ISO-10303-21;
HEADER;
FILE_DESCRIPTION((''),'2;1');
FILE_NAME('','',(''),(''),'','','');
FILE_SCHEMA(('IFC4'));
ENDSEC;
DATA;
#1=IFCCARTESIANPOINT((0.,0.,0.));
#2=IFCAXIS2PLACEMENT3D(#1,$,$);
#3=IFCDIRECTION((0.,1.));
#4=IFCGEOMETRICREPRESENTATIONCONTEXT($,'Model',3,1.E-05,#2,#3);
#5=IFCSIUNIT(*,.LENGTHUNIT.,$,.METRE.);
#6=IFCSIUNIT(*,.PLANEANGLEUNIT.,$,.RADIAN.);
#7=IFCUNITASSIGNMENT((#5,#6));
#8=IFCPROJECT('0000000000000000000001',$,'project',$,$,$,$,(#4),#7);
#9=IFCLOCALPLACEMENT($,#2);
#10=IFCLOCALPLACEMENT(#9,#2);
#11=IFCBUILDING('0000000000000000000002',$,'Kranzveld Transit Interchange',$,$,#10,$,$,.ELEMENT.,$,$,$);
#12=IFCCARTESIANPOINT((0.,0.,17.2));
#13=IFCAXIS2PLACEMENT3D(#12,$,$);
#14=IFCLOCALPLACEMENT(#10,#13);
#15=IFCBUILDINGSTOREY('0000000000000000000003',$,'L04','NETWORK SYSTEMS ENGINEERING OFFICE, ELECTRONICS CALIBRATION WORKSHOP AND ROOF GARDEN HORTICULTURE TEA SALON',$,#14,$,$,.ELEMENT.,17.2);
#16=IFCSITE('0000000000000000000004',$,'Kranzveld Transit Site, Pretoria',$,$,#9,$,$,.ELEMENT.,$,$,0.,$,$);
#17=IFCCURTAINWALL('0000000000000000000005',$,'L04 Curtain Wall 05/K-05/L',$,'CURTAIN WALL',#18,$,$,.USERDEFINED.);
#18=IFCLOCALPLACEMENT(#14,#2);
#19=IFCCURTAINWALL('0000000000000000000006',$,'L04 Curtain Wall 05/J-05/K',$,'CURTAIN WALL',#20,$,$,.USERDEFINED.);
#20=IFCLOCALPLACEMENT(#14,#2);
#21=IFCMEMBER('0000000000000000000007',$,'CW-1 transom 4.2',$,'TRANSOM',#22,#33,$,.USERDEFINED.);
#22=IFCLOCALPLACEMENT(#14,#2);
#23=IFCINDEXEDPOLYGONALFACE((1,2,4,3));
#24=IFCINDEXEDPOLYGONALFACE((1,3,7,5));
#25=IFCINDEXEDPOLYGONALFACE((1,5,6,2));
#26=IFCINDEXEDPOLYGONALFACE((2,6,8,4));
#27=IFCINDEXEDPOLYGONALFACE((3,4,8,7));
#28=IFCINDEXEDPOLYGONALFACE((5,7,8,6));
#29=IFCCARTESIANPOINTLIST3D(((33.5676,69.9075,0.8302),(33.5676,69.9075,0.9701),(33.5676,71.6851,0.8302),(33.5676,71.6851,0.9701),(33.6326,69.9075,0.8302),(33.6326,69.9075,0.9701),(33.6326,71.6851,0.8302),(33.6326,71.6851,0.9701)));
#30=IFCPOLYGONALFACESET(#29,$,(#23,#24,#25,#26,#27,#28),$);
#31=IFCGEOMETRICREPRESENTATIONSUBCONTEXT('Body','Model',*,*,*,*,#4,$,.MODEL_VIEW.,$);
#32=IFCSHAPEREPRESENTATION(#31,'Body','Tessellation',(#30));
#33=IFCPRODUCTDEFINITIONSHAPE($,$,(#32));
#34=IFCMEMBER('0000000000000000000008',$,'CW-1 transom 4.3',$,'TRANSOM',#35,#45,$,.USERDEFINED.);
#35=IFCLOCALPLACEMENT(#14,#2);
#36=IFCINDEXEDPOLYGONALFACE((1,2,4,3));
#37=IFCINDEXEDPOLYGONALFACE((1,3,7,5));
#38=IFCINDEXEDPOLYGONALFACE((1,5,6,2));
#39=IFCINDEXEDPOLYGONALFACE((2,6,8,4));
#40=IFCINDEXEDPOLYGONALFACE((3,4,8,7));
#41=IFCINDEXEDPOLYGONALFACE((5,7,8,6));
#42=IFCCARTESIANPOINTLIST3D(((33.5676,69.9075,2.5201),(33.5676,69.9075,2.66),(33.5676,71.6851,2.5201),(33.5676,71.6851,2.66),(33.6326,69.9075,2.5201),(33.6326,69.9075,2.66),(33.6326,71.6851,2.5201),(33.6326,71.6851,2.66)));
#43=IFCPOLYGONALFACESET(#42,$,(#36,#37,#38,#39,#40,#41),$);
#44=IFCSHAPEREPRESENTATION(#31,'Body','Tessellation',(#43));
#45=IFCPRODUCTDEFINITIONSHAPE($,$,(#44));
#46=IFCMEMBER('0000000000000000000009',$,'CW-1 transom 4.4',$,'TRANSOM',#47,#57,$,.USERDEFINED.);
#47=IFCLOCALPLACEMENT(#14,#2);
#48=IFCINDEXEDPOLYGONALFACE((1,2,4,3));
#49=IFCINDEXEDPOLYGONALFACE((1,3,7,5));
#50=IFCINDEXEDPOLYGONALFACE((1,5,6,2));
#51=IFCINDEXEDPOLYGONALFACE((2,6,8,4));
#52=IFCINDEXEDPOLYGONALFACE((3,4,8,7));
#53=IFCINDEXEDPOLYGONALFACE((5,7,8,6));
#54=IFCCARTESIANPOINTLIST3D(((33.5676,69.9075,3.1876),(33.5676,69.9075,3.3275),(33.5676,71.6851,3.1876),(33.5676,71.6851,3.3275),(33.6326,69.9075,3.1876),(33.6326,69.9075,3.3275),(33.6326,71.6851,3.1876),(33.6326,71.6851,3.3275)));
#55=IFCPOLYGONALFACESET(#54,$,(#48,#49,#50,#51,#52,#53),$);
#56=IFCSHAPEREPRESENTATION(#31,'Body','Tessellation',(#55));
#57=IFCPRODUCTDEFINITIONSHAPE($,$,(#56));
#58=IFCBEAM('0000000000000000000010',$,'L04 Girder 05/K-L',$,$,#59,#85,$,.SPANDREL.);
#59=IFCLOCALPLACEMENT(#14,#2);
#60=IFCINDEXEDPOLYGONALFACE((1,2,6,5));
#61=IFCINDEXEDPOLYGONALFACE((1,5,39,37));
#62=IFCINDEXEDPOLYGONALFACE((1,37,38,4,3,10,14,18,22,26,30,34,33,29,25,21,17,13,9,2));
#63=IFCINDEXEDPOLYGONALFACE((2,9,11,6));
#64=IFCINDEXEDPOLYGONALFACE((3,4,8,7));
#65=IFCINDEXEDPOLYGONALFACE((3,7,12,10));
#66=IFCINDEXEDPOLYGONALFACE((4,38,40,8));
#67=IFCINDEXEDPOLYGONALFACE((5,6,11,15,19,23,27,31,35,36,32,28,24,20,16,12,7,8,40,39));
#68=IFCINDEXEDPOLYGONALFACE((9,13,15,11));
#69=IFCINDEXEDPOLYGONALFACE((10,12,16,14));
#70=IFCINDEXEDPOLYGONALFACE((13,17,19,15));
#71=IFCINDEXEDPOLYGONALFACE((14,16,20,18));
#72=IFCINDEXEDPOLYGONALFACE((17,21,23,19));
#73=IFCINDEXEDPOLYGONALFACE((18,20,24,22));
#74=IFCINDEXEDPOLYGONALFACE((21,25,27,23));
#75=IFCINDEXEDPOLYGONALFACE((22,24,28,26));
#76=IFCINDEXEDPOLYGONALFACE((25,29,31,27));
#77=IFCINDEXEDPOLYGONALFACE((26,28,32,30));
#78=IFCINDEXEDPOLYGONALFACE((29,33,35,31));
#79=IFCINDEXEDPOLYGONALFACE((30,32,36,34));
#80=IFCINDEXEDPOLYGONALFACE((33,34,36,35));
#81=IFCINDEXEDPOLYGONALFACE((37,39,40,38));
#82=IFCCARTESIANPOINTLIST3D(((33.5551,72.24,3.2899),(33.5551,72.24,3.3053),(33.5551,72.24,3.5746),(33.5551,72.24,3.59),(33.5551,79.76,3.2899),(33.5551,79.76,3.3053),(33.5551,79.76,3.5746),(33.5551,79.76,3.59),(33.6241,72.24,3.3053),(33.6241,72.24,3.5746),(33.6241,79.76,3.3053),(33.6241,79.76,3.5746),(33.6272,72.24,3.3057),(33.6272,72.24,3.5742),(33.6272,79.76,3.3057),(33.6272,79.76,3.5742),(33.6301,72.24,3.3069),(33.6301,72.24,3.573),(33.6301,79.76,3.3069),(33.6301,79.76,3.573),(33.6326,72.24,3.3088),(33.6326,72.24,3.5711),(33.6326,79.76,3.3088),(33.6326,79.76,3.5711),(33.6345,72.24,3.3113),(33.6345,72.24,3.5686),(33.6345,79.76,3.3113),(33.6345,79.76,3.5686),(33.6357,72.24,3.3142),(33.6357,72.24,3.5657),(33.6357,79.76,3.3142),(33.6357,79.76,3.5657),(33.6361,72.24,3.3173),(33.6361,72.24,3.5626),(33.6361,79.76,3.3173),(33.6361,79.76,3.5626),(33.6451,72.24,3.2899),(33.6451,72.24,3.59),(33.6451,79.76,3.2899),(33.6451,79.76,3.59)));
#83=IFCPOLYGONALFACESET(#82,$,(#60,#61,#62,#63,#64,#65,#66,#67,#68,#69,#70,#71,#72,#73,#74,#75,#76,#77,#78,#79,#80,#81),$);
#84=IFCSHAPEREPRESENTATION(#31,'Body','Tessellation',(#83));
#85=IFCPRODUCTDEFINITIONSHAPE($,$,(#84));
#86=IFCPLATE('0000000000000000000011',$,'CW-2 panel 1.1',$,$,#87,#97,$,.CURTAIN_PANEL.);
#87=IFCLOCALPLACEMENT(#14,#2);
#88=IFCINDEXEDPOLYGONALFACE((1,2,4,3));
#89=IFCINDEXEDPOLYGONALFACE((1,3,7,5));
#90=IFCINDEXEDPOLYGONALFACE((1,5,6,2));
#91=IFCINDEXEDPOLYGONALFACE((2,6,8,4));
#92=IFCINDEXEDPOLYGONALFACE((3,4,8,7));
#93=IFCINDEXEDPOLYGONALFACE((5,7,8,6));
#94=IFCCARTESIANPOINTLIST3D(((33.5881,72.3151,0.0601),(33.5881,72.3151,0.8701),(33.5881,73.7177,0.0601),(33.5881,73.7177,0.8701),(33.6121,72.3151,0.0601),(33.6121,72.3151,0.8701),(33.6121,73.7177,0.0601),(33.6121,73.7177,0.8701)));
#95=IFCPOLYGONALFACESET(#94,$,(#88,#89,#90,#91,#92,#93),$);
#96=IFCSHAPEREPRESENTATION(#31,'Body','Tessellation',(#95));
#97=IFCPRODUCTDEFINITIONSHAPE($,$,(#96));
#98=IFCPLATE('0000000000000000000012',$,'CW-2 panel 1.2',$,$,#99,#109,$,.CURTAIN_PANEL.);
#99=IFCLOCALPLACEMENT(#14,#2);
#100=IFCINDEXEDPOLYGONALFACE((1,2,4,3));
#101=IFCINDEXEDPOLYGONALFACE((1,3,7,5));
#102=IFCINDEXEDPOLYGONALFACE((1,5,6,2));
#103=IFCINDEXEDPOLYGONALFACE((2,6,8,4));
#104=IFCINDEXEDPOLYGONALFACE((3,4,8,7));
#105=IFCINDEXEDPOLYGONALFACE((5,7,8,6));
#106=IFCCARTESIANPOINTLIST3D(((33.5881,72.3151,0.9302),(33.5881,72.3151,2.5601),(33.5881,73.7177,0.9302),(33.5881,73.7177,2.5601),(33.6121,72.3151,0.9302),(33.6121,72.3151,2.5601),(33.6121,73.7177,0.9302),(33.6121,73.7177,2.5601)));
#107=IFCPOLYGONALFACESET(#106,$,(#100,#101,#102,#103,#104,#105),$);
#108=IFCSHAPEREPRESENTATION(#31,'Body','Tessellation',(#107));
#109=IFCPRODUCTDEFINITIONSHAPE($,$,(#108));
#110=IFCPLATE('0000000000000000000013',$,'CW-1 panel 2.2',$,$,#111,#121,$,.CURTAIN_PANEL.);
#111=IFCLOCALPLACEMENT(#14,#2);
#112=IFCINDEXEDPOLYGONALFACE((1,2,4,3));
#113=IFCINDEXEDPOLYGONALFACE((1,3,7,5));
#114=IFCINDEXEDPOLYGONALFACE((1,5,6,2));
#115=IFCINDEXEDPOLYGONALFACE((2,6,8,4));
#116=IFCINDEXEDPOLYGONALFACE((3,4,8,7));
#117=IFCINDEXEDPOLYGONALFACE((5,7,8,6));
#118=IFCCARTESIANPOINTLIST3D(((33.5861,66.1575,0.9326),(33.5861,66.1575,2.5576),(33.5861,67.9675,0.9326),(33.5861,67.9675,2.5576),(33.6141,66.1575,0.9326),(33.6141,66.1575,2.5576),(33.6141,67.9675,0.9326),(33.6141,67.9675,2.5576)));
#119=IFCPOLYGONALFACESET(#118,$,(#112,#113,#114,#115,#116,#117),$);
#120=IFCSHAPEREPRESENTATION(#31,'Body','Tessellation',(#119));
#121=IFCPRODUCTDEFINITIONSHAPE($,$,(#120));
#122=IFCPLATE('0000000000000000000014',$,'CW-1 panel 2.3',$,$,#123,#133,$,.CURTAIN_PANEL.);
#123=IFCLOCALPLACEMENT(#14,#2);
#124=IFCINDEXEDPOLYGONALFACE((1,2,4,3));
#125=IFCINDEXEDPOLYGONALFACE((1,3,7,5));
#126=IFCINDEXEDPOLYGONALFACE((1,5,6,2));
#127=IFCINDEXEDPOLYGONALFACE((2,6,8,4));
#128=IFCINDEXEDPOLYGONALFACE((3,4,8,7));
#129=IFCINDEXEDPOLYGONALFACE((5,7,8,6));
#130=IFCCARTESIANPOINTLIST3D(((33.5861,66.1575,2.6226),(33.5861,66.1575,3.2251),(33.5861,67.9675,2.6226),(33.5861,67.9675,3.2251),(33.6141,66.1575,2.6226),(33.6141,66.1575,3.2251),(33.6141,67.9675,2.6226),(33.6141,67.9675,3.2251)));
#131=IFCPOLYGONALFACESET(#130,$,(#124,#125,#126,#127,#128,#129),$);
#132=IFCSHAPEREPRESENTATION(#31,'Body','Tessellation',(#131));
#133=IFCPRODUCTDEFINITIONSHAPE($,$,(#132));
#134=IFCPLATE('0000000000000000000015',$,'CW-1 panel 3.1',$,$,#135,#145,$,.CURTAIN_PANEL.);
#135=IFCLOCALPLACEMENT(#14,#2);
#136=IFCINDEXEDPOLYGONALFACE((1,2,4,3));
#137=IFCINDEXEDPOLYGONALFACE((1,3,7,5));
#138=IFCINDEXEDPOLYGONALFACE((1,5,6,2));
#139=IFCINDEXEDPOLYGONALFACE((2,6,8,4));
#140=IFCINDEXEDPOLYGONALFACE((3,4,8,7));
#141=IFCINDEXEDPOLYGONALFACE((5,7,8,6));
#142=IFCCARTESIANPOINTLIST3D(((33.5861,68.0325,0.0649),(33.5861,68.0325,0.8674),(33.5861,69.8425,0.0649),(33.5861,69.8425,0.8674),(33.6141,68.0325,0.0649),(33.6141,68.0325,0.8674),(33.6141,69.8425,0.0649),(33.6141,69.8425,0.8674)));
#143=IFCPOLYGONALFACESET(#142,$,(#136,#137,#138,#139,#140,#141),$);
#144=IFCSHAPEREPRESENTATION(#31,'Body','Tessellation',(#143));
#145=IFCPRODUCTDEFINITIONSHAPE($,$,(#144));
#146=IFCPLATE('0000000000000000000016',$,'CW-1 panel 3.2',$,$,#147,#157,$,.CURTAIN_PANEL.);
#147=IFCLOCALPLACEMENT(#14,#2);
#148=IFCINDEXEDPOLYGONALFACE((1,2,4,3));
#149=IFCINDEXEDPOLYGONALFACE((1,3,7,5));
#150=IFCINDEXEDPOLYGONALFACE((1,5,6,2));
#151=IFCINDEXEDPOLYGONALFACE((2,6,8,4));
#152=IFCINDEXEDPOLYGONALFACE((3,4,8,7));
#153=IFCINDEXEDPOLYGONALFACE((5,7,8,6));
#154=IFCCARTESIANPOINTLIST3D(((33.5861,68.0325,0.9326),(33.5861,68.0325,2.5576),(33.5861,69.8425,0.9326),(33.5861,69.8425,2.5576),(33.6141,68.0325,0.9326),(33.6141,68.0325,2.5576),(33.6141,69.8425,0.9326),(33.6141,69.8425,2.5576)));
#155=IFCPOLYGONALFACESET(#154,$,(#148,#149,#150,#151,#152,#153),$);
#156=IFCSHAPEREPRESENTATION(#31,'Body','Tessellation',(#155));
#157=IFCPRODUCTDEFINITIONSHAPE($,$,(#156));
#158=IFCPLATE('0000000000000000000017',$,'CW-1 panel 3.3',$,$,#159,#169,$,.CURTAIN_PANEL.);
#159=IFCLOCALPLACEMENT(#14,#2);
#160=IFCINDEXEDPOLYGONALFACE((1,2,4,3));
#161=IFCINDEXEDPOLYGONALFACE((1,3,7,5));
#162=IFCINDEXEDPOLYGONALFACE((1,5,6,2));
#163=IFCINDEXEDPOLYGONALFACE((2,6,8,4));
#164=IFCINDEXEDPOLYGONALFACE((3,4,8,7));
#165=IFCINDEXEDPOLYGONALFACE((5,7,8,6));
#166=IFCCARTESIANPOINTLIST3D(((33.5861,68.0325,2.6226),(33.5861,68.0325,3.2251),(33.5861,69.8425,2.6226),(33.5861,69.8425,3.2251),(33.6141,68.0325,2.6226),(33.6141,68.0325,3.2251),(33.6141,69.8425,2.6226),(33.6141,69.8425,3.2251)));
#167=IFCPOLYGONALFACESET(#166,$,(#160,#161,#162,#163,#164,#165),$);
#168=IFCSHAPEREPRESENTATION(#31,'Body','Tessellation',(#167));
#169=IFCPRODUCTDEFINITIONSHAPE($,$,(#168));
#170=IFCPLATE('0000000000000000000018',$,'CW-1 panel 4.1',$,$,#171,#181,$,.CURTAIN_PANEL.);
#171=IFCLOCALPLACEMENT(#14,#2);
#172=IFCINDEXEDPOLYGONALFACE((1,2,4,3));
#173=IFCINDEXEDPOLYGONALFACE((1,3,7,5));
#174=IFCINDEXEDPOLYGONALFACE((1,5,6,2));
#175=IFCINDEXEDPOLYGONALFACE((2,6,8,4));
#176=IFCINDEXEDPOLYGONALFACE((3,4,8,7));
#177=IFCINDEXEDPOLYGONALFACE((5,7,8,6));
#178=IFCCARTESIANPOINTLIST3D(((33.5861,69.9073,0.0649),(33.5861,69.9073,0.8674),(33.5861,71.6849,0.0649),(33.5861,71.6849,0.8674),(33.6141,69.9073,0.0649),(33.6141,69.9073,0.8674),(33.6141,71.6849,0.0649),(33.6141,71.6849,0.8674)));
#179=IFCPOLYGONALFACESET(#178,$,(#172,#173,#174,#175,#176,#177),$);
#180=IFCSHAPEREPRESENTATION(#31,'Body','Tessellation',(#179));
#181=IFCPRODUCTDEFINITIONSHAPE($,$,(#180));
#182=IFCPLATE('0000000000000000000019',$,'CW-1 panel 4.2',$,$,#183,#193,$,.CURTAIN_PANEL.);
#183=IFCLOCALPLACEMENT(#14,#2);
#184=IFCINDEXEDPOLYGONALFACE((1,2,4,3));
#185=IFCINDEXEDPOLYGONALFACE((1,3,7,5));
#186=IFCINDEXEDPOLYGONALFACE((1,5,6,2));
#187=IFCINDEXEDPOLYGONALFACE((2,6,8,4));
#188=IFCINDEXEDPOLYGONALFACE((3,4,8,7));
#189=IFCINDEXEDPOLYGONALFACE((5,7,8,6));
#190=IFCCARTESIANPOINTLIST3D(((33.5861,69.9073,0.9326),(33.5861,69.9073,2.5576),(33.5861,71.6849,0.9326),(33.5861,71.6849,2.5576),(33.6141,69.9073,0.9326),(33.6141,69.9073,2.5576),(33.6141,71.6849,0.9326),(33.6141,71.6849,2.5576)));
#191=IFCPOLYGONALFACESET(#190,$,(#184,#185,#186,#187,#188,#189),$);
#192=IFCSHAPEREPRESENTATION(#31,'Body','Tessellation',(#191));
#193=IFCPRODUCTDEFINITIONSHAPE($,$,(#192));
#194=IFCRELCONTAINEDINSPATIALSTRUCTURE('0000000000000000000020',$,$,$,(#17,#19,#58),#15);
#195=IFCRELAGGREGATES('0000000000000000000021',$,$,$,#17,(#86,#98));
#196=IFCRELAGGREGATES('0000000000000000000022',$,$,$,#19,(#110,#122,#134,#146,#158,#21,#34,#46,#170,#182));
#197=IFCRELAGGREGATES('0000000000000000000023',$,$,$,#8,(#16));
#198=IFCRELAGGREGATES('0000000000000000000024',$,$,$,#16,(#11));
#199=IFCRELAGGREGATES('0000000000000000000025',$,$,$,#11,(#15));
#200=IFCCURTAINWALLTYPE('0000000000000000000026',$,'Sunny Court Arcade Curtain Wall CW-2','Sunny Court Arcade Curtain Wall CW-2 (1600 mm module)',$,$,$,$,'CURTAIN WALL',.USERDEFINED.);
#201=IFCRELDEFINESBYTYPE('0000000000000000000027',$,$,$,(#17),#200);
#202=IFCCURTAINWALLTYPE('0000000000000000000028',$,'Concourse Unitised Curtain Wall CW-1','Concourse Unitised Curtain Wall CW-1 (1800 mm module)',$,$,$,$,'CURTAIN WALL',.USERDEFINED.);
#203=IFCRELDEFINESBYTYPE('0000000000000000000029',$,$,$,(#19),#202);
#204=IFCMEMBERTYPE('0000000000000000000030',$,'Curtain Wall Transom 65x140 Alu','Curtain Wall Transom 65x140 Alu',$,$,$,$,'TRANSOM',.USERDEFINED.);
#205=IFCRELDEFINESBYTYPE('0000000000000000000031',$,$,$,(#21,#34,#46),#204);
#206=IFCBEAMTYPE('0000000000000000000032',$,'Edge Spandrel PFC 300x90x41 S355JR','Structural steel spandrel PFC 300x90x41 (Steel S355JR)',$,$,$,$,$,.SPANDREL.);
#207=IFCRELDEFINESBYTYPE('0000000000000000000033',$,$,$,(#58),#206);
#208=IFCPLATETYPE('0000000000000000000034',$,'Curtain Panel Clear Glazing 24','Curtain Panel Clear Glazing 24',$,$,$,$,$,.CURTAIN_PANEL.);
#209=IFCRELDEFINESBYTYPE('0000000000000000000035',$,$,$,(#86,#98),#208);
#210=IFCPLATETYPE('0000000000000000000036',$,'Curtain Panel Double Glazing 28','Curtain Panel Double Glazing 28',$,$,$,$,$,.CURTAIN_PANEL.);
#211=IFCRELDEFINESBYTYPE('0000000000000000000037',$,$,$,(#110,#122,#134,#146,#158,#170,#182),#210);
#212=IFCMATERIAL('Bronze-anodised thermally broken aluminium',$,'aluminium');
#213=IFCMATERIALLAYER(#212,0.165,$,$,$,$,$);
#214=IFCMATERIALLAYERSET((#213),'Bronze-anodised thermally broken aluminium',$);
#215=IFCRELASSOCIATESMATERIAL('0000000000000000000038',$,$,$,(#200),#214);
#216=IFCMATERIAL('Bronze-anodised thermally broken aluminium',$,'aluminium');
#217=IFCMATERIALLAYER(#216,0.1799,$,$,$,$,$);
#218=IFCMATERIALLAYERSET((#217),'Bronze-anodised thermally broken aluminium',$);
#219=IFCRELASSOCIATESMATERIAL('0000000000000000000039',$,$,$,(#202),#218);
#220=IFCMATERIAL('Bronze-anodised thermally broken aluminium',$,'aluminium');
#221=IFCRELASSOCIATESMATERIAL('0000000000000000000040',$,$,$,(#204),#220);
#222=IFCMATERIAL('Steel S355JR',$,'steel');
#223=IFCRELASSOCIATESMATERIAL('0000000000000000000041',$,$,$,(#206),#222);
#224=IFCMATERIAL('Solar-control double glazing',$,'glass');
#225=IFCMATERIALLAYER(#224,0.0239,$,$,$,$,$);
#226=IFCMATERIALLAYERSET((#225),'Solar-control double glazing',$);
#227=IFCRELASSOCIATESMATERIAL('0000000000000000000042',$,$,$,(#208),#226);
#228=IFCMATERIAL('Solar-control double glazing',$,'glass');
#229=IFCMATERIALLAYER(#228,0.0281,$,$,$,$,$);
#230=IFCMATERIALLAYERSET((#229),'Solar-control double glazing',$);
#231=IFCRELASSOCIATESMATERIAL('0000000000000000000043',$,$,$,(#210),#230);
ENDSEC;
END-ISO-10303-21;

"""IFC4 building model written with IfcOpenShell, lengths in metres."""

from ifc_helpers import new_model, si_unit, direction, frame, origin, origin_2d, place, context, subcontext, project, spatial, rectangle, u_section, extrude, material, layer, layer_set, material_profile, profile_set, type_object, element, aggregate, save


model = new_model("IFC4")

# Units and contexts
model_context = context("Model", 3, precision=1e-05, world=origin(), true_north=direction((0.0, 1.0)))
body_context = subcontext(model_context, "Body", "Model", "MODEL_VIEW")
ifc_project = project(units=[si_unit("LENGTHUNIT", "METRE"), si_unit("PLANEANGLEUNIT", "RADIAN")], contexts=[model_context])

# Site, building, storey
site_placement = place(None, origin())
site = spatial("IfcSite", under=ifc_project, at=site_placement, Name="Kranzveld Transit Site, Pretoria", CompositionType="ELEMENT", RefElevation=0.0)
building_placement = place(site_placement, origin())
building = spatial("IfcBuilding", under=site, at=building_placement, Name="Kranzveld Transit Interchange", CompositionType="ELEMENT")
storey_placement = place(building_placement, frame((0.0, 0.0, 17.2)))
storey = spatial("IfcBuildingStorey", under=building, at=storey_placement, Name="L04", Description="NETWORK SYSTEMS ENGINEERING OFFICE, ELECTRONICS CALIBRATION WORKSHOP AND ROOF GARDEN HORTICULTURE TEA SALON", CompositionType="ELEMENT", Elevation=17.2)

# Curtain wall
ifc_material_1 = material(Name="Bronze-anodised thermally broken aluminium", Category="aluminium")
ifc_layer_1 = layer(ifc_material_1, 0.165)
ifc_layer_set_1 = layer_set([ifc_layer_1], Name="Bronze-anodised thermally broken aluminium")
curtain_wall_type_1 = type_object("IfcCurtainWallType", Name="Sunny Court Arcade Curtain Wall CW-2", Description="Sunny Court Arcade Curtain Wall CW-2 (1600 mm module)", ElementType="CURTAIN WALL", PredefinedType="USERDEFINED", material=ifc_layer_set_1)
curtain_wall_1_placement = place(storey_placement, origin())
curtain_wall_1 = element("IfcCurtainWall", 1, at=curtain_wall_1_placement, inside=storey, type_object=curtain_wall_type_1, Name="L04 Curtain Wall 05/K-05/L", ObjectType="CURTAIN WALL", PredefinedType="USERDEFINED")

# Curtain wall
ifc_material_2 = material(Name="Bronze-anodised thermally broken aluminium", Category="aluminium")
ifc_layer_2 = layer(ifc_material_2, 0.1799)
ifc_layer_set_2 = layer_set([ifc_layer_2], Name="Bronze-anodised thermally broken aluminium")
curtain_wall_type_2 = type_object("IfcCurtainWallType", Name="Concourse Unitised Curtain Wall CW-1", Description="Concourse Unitised Curtain Wall CW-1 (1800 mm module)", ElementType="CURTAIN WALL", PredefinedType="USERDEFINED", material=ifc_layer_set_2)
curtain_wall_2_placement = place(storey_placement, origin())
curtain_wall_2 = element("IfcCurtainWall", 2, at=curtain_wall_2_placement, inside=storey, type_object=curtain_wall_type_2, Name="L04 Curtain Wall 05/J-05/K", ObjectType="CURTAIN WALL", PredefinedType="USERDEFINED")

# Members
ifc_material_3 = material(Name="Bronze-anodised thermally broken aluminium", Category="aluminium")
ifc_material_profile_1 = material_profile(ifc_material_3, rectangle(XDim=0.0649, YDim=0.1399, at=origin_2d()), Name="ALU TRANSOM 65x140")
ifc_profile_set_1 = profile_set([ifc_material_profile_1], Name="Bronze-anodised thermally broken aluminium")
member_type_1 = type_object("IfcMemberType", Name="Curtain Wall Transom 65x140 Alu", Description="Curtain Wall Transom 65x140 Alu", ElementType="TRANSOM", PredefinedType="USERDEFINED", material=ifc_profile_set_1)
member_1_placement = place(storey_placement, frame((33.6001, 69.9075, 0.9001), z_axis=(0.0, 1.0, 0.0), x_axis=(-1.0, 0.0, 0.0)))
member_1 = element("IfcMember", 3, at=member_1_placement, type_object=member_type_1, Name="CW-1 transom 4.2", ObjectType="TRANSOM", PredefinedType="USERDEFINED", context=body_context, shape_type="SweptSolid", body=[
    extrude(rectangle(XDim=0.0649, YDim=0.1399, at=origin_2d()), origin(), (0.0, 0.0, 1.0), 1.7776),
])
member_2_placement = place(storey_placement, frame((33.6001, 69.9075, 2.5901), z_axis=(0.0, 1.0, 0.0), x_axis=(-1.0, 0.0, 0.0)))
member_2 = element("IfcMember", 4, at=member_2_placement, type_object=member_type_1, Name="CW-1 transom 4.3", ObjectType="TRANSOM", PredefinedType="USERDEFINED", context=body_context, shape_type="SweptSolid", body=[
    extrude(rectangle(XDim=0.0649, YDim=0.1399, at=origin_2d()), origin(), (0.0, 0.0, 1.0), 1.7776),
])
member_3_placement = place(storey_placement, frame((33.6001, 69.9075, 3.2576), z_axis=(0.0, 1.0, 0.0), x_axis=(-1.0, 0.0, 0.0)))
member_3 = element("IfcMember", 5, at=member_3_placement, type_object=member_type_1, Name="CW-1 transom 4.4", ObjectType="TRANSOM", PredefinedType="USERDEFINED", context=body_context, shape_type="SweptSolid", body=[
    extrude(rectangle(XDim=0.0649, YDim=0.1399, at=origin_2d()), origin(), (0.0, 0.0, 1.0), 1.7776),
])

# Beam
ifc_material_4 = material(Name="Steel S355JR", Category="steel")
ifc_material_profile_2 = material_profile(ifc_material_4, u_section(Depth=0.3, FlangeWidth=0.0901, WebThickness=0.009, FlangeThickness=0.0154, FilletRadius=0.012, at=origin_2d()), Name="PFC 300x90x41")
ifc_profile_set_2 = profile_set([ifc_material_profile_2], Name="Steel S355JR")
beam_type = type_object("IfcBeamType", Name="Edge Spandrel PFC 300x90x41 S355JR", Description="Structural steel spandrel PFC 300x90x41 (Steel S355JR)", PredefinedType="SPANDREL", material=ifc_profile_set_2)
beam_placement = place(storey_placement, frame((33.6001, 72.24, 3.4399), z_axis=(0.0, 1.0, 0.0), x_axis=(-1.0, 0.0, 0.0)))
element("IfcBeam", 6, at=beam_placement, inside=storey, type_object=beam_type, Name="L04 Girder 05/K-L", PredefinedType="SPANDREL", context=body_context, shape_type="SweptSolid", body=[
    extrude(u_section(Depth=0.3, FlangeWidth=0.0901, WebThickness=0.009, FlangeThickness=0.0154, FilletRadius=0.012, at=origin_2d()), origin(), (0.0, 0.0, 1.0), 7.52),
])

# Plates
ifc_material_5 = material(Name="Solar-control double glazing", Category="glass")
ifc_layer_3 = layer(ifc_material_5, 0.0239)
ifc_layer_set_3 = layer_set([ifc_layer_3], Name="Solar-control double glazing")
plate_type_1 = type_object("IfcPlateType", Name="Curtain Panel Clear Glazing 24", Description="Curtain Panel Clear Glazing 24", PredefinedType="CURTAIN_PANEL", material=ifc_layer_set_3)
plate_1_placement = place(storey_placement, frame((33.6001, 73.0164, 0.0601), z_axis=(0.0, 0.0, 1.0), x_axis=(0.0, 1.0, 0.0)))
plate_1 = element("IfcPlate", 7, at=plate_1_placement, type_object=plate_type_1, Name="CW-2 panel 1.1", PredefinedType="CURTAIN_PANEL", context=body_context, shape_type="SweptSolid", body=[
    extrude(rectangle(XDim=1.4026, YDim=0.0239, at=origin_2d()), origin(), (0.0, 0.0, 1.0), 0.8101),
])
plate_2_placement = place(storey_placement, frame((33.6001, 73.0164, 0.9302), z_axis=(0.0, 0.0, 1.0), x_axis=(0.0, 1.0, 0.0)))
plate_2 = element("IfcPlate", 8, at=plate_2_placement, type_object=plate_type_1, Name="CW-2 panel 1.2", PredefinedType="CURTAIN_PANEL", context=body_context, shape_type="SweptSolid", body=[
    extrude(rectangle(XDim=1.4026, YDim=0.0239, at=origin_2d()), origin(), (0.0, 0.0, 1.0), 1.6299),
])
aggregate(curtain_wall_1, [plate_1, plate_2])
ifc_material_6 = material(Name="Solar-control double glazing", Category="glass")
ifc_layer_4 = layer(ifc_material_6, 0.0281)
ifc_layer_set_4 = layer_set([ifc_layer_4], Name="Solar-control double glazing")
plate_type_2 = type_object("IfcPlateType", Name="Curtain Panel Double Glazing 28", Description="Curtain Panel Double Glazing 28", PredefinedType="CURTAIN_PANEL", material=ifc_layer_set_4)
plate_3_placement = place(storey_placement, frame((33.6001, 67.0625, 0.9326), z_axis=(0.0, 0.0, 1.0), x_axis=(0.0, 1.0, 0.0)))
plate_3 = element("IfcPlate", 9, at=plate_3_placement, type_object=plate_type_2, Name="CW-1 panel 2.2", PredefinedType="CURTAIN_PANEL", context=body_context, shape_type="SweptSolid", body=[
    extrude(rectangle(XDim=1.8101, YDim=0.0281, at=origin_2d()), origin(), (0.0, 0.0, 1.0), 1.625),
])
plate_4_placement = place(storey_placement, frame((33.6001, 67.0625, 2.6226), z_axis=(0.0, 0.0, 1.0), x_axis=(0.0, 1.0, 0.0)))
plate_4 = element("IfcPlate", 10, at=plate_4_placement, type_object=plate_type_2, Name="CW-1 panel 2.3", PredefinedType="CURTAIN_PANEL", context=body_context, shape_type="SweptSolid", body=[
    extrude(rectangle(XDim=1.8101, YDim=0.0281, at=origin_2d()), origin(), (0.0, 0.0, 1.0), 0.6025),
])
plate_5_placement = place(storey_placement, frame((33.6001, 68.9375, 0.0649), z_axis=(0.0, 0.0, 1.0), x_axis=(0.0, 1.0, 0.0)))
plate_5 = element("IfcPlate", 11, at=plate_5_placement, type_object=plate_type_2, Name="CW-1 panel 3.1", PredefinedType="CURTAIN_PANEL", context=body_context, shape_type="SweptSolid", body=[
    extrude(rectangle(XDim=1.8101, YDim=0.0281, at=origin_2d()), origin(), (0.0, 0.0, 1.0), 0.8025),
])
plate_6_placement = place(storey_placement, frame((33.6001, 68.9375, 0.9326), z_axis=(0.0, 0.0, 1.0), x_axis=(0.0, 1.0, 0.0)))
plate_6 = element("IfcPlate", 12, at=plate_6_placement, type_object=plate_type_2, Name="CW-1 panel 3.2", PredefinedType="CURTAIN_PANEL", context=body_context, shape_type="SweptSolid", body=[
    extrude(rectangle(XDim=1.8101, YDim=0.0281, at=origin_2d()), origin(), (0.0, 0.0, 1.0), 1.625),
])
plate_7_placement = place(storey_placement, frame((33.6001, 68.9375, 2.6226), z_axis=(0.0, 0.0, 1.0), x_axis=(0.0, 1.0, 0.0)))
plate_7 = element("IfcPlate", 13, at=plate_7_placement, type_object=plate_type_2, Name="CW-1 panel 3.3", PredefinedType="CURTAIN_PANEL", context=body_context, shape_type="SweptSolid", body=[
    extrude(rectangle(XDim=1.8101, YDim=0.0281, at=origin_2d()), origin(), (0.0, 0.0, 1.0), 0.6025),
])
plate_8_placement = place(storey_placement, frame((33.6001, 70.7961, 0.0649), z_axis=(0.0, 0.0, 1.0), x_axis=(0.0, 1.0, 0.0)))
plate_8 = element("IfcPlate", 14, at=plate_8_placement, type_object=plate_type_2, Name="CW-1 panel 4.1", PredefinedType="CURTAIN_PANEL", context=body_context, shape_type="SweptSolid", body=[
    extrude(rectangle(XDim=1.7776, YDim=0.0281, at=origin_2d()), origin(), (0.0, 0.0, 1.0), 0.8025),
])
plate_9_placement = place(storey_placement, frame((33.6001, 70.7961, 0.9326), z_axis=(0.0, 0.0, 1.0), x_axis=(0.0, 1.0, 0.0)))
plate_9 = element("IfcPlate", 15, at=plate_9_placement, type_object=plate_type_2, Name="CW-1 panel 4.2", PredefinedType="CURTAIN_PANEL", context=body_context, shape_type="SweptSolid", body=[
    extrude(rectangle(XDim=1.7776, YDim=0.0281, at=origin_2d()), origin(), (0.0, 0.0, 1.0), 1.625),
])
aggregate(curtain_wall_2, [plate_3, plate_4, plate_5, plate_6, plate_7, member_1, member_2, member_3, plate_8, plate_9])

save(model, "model.ifc")
